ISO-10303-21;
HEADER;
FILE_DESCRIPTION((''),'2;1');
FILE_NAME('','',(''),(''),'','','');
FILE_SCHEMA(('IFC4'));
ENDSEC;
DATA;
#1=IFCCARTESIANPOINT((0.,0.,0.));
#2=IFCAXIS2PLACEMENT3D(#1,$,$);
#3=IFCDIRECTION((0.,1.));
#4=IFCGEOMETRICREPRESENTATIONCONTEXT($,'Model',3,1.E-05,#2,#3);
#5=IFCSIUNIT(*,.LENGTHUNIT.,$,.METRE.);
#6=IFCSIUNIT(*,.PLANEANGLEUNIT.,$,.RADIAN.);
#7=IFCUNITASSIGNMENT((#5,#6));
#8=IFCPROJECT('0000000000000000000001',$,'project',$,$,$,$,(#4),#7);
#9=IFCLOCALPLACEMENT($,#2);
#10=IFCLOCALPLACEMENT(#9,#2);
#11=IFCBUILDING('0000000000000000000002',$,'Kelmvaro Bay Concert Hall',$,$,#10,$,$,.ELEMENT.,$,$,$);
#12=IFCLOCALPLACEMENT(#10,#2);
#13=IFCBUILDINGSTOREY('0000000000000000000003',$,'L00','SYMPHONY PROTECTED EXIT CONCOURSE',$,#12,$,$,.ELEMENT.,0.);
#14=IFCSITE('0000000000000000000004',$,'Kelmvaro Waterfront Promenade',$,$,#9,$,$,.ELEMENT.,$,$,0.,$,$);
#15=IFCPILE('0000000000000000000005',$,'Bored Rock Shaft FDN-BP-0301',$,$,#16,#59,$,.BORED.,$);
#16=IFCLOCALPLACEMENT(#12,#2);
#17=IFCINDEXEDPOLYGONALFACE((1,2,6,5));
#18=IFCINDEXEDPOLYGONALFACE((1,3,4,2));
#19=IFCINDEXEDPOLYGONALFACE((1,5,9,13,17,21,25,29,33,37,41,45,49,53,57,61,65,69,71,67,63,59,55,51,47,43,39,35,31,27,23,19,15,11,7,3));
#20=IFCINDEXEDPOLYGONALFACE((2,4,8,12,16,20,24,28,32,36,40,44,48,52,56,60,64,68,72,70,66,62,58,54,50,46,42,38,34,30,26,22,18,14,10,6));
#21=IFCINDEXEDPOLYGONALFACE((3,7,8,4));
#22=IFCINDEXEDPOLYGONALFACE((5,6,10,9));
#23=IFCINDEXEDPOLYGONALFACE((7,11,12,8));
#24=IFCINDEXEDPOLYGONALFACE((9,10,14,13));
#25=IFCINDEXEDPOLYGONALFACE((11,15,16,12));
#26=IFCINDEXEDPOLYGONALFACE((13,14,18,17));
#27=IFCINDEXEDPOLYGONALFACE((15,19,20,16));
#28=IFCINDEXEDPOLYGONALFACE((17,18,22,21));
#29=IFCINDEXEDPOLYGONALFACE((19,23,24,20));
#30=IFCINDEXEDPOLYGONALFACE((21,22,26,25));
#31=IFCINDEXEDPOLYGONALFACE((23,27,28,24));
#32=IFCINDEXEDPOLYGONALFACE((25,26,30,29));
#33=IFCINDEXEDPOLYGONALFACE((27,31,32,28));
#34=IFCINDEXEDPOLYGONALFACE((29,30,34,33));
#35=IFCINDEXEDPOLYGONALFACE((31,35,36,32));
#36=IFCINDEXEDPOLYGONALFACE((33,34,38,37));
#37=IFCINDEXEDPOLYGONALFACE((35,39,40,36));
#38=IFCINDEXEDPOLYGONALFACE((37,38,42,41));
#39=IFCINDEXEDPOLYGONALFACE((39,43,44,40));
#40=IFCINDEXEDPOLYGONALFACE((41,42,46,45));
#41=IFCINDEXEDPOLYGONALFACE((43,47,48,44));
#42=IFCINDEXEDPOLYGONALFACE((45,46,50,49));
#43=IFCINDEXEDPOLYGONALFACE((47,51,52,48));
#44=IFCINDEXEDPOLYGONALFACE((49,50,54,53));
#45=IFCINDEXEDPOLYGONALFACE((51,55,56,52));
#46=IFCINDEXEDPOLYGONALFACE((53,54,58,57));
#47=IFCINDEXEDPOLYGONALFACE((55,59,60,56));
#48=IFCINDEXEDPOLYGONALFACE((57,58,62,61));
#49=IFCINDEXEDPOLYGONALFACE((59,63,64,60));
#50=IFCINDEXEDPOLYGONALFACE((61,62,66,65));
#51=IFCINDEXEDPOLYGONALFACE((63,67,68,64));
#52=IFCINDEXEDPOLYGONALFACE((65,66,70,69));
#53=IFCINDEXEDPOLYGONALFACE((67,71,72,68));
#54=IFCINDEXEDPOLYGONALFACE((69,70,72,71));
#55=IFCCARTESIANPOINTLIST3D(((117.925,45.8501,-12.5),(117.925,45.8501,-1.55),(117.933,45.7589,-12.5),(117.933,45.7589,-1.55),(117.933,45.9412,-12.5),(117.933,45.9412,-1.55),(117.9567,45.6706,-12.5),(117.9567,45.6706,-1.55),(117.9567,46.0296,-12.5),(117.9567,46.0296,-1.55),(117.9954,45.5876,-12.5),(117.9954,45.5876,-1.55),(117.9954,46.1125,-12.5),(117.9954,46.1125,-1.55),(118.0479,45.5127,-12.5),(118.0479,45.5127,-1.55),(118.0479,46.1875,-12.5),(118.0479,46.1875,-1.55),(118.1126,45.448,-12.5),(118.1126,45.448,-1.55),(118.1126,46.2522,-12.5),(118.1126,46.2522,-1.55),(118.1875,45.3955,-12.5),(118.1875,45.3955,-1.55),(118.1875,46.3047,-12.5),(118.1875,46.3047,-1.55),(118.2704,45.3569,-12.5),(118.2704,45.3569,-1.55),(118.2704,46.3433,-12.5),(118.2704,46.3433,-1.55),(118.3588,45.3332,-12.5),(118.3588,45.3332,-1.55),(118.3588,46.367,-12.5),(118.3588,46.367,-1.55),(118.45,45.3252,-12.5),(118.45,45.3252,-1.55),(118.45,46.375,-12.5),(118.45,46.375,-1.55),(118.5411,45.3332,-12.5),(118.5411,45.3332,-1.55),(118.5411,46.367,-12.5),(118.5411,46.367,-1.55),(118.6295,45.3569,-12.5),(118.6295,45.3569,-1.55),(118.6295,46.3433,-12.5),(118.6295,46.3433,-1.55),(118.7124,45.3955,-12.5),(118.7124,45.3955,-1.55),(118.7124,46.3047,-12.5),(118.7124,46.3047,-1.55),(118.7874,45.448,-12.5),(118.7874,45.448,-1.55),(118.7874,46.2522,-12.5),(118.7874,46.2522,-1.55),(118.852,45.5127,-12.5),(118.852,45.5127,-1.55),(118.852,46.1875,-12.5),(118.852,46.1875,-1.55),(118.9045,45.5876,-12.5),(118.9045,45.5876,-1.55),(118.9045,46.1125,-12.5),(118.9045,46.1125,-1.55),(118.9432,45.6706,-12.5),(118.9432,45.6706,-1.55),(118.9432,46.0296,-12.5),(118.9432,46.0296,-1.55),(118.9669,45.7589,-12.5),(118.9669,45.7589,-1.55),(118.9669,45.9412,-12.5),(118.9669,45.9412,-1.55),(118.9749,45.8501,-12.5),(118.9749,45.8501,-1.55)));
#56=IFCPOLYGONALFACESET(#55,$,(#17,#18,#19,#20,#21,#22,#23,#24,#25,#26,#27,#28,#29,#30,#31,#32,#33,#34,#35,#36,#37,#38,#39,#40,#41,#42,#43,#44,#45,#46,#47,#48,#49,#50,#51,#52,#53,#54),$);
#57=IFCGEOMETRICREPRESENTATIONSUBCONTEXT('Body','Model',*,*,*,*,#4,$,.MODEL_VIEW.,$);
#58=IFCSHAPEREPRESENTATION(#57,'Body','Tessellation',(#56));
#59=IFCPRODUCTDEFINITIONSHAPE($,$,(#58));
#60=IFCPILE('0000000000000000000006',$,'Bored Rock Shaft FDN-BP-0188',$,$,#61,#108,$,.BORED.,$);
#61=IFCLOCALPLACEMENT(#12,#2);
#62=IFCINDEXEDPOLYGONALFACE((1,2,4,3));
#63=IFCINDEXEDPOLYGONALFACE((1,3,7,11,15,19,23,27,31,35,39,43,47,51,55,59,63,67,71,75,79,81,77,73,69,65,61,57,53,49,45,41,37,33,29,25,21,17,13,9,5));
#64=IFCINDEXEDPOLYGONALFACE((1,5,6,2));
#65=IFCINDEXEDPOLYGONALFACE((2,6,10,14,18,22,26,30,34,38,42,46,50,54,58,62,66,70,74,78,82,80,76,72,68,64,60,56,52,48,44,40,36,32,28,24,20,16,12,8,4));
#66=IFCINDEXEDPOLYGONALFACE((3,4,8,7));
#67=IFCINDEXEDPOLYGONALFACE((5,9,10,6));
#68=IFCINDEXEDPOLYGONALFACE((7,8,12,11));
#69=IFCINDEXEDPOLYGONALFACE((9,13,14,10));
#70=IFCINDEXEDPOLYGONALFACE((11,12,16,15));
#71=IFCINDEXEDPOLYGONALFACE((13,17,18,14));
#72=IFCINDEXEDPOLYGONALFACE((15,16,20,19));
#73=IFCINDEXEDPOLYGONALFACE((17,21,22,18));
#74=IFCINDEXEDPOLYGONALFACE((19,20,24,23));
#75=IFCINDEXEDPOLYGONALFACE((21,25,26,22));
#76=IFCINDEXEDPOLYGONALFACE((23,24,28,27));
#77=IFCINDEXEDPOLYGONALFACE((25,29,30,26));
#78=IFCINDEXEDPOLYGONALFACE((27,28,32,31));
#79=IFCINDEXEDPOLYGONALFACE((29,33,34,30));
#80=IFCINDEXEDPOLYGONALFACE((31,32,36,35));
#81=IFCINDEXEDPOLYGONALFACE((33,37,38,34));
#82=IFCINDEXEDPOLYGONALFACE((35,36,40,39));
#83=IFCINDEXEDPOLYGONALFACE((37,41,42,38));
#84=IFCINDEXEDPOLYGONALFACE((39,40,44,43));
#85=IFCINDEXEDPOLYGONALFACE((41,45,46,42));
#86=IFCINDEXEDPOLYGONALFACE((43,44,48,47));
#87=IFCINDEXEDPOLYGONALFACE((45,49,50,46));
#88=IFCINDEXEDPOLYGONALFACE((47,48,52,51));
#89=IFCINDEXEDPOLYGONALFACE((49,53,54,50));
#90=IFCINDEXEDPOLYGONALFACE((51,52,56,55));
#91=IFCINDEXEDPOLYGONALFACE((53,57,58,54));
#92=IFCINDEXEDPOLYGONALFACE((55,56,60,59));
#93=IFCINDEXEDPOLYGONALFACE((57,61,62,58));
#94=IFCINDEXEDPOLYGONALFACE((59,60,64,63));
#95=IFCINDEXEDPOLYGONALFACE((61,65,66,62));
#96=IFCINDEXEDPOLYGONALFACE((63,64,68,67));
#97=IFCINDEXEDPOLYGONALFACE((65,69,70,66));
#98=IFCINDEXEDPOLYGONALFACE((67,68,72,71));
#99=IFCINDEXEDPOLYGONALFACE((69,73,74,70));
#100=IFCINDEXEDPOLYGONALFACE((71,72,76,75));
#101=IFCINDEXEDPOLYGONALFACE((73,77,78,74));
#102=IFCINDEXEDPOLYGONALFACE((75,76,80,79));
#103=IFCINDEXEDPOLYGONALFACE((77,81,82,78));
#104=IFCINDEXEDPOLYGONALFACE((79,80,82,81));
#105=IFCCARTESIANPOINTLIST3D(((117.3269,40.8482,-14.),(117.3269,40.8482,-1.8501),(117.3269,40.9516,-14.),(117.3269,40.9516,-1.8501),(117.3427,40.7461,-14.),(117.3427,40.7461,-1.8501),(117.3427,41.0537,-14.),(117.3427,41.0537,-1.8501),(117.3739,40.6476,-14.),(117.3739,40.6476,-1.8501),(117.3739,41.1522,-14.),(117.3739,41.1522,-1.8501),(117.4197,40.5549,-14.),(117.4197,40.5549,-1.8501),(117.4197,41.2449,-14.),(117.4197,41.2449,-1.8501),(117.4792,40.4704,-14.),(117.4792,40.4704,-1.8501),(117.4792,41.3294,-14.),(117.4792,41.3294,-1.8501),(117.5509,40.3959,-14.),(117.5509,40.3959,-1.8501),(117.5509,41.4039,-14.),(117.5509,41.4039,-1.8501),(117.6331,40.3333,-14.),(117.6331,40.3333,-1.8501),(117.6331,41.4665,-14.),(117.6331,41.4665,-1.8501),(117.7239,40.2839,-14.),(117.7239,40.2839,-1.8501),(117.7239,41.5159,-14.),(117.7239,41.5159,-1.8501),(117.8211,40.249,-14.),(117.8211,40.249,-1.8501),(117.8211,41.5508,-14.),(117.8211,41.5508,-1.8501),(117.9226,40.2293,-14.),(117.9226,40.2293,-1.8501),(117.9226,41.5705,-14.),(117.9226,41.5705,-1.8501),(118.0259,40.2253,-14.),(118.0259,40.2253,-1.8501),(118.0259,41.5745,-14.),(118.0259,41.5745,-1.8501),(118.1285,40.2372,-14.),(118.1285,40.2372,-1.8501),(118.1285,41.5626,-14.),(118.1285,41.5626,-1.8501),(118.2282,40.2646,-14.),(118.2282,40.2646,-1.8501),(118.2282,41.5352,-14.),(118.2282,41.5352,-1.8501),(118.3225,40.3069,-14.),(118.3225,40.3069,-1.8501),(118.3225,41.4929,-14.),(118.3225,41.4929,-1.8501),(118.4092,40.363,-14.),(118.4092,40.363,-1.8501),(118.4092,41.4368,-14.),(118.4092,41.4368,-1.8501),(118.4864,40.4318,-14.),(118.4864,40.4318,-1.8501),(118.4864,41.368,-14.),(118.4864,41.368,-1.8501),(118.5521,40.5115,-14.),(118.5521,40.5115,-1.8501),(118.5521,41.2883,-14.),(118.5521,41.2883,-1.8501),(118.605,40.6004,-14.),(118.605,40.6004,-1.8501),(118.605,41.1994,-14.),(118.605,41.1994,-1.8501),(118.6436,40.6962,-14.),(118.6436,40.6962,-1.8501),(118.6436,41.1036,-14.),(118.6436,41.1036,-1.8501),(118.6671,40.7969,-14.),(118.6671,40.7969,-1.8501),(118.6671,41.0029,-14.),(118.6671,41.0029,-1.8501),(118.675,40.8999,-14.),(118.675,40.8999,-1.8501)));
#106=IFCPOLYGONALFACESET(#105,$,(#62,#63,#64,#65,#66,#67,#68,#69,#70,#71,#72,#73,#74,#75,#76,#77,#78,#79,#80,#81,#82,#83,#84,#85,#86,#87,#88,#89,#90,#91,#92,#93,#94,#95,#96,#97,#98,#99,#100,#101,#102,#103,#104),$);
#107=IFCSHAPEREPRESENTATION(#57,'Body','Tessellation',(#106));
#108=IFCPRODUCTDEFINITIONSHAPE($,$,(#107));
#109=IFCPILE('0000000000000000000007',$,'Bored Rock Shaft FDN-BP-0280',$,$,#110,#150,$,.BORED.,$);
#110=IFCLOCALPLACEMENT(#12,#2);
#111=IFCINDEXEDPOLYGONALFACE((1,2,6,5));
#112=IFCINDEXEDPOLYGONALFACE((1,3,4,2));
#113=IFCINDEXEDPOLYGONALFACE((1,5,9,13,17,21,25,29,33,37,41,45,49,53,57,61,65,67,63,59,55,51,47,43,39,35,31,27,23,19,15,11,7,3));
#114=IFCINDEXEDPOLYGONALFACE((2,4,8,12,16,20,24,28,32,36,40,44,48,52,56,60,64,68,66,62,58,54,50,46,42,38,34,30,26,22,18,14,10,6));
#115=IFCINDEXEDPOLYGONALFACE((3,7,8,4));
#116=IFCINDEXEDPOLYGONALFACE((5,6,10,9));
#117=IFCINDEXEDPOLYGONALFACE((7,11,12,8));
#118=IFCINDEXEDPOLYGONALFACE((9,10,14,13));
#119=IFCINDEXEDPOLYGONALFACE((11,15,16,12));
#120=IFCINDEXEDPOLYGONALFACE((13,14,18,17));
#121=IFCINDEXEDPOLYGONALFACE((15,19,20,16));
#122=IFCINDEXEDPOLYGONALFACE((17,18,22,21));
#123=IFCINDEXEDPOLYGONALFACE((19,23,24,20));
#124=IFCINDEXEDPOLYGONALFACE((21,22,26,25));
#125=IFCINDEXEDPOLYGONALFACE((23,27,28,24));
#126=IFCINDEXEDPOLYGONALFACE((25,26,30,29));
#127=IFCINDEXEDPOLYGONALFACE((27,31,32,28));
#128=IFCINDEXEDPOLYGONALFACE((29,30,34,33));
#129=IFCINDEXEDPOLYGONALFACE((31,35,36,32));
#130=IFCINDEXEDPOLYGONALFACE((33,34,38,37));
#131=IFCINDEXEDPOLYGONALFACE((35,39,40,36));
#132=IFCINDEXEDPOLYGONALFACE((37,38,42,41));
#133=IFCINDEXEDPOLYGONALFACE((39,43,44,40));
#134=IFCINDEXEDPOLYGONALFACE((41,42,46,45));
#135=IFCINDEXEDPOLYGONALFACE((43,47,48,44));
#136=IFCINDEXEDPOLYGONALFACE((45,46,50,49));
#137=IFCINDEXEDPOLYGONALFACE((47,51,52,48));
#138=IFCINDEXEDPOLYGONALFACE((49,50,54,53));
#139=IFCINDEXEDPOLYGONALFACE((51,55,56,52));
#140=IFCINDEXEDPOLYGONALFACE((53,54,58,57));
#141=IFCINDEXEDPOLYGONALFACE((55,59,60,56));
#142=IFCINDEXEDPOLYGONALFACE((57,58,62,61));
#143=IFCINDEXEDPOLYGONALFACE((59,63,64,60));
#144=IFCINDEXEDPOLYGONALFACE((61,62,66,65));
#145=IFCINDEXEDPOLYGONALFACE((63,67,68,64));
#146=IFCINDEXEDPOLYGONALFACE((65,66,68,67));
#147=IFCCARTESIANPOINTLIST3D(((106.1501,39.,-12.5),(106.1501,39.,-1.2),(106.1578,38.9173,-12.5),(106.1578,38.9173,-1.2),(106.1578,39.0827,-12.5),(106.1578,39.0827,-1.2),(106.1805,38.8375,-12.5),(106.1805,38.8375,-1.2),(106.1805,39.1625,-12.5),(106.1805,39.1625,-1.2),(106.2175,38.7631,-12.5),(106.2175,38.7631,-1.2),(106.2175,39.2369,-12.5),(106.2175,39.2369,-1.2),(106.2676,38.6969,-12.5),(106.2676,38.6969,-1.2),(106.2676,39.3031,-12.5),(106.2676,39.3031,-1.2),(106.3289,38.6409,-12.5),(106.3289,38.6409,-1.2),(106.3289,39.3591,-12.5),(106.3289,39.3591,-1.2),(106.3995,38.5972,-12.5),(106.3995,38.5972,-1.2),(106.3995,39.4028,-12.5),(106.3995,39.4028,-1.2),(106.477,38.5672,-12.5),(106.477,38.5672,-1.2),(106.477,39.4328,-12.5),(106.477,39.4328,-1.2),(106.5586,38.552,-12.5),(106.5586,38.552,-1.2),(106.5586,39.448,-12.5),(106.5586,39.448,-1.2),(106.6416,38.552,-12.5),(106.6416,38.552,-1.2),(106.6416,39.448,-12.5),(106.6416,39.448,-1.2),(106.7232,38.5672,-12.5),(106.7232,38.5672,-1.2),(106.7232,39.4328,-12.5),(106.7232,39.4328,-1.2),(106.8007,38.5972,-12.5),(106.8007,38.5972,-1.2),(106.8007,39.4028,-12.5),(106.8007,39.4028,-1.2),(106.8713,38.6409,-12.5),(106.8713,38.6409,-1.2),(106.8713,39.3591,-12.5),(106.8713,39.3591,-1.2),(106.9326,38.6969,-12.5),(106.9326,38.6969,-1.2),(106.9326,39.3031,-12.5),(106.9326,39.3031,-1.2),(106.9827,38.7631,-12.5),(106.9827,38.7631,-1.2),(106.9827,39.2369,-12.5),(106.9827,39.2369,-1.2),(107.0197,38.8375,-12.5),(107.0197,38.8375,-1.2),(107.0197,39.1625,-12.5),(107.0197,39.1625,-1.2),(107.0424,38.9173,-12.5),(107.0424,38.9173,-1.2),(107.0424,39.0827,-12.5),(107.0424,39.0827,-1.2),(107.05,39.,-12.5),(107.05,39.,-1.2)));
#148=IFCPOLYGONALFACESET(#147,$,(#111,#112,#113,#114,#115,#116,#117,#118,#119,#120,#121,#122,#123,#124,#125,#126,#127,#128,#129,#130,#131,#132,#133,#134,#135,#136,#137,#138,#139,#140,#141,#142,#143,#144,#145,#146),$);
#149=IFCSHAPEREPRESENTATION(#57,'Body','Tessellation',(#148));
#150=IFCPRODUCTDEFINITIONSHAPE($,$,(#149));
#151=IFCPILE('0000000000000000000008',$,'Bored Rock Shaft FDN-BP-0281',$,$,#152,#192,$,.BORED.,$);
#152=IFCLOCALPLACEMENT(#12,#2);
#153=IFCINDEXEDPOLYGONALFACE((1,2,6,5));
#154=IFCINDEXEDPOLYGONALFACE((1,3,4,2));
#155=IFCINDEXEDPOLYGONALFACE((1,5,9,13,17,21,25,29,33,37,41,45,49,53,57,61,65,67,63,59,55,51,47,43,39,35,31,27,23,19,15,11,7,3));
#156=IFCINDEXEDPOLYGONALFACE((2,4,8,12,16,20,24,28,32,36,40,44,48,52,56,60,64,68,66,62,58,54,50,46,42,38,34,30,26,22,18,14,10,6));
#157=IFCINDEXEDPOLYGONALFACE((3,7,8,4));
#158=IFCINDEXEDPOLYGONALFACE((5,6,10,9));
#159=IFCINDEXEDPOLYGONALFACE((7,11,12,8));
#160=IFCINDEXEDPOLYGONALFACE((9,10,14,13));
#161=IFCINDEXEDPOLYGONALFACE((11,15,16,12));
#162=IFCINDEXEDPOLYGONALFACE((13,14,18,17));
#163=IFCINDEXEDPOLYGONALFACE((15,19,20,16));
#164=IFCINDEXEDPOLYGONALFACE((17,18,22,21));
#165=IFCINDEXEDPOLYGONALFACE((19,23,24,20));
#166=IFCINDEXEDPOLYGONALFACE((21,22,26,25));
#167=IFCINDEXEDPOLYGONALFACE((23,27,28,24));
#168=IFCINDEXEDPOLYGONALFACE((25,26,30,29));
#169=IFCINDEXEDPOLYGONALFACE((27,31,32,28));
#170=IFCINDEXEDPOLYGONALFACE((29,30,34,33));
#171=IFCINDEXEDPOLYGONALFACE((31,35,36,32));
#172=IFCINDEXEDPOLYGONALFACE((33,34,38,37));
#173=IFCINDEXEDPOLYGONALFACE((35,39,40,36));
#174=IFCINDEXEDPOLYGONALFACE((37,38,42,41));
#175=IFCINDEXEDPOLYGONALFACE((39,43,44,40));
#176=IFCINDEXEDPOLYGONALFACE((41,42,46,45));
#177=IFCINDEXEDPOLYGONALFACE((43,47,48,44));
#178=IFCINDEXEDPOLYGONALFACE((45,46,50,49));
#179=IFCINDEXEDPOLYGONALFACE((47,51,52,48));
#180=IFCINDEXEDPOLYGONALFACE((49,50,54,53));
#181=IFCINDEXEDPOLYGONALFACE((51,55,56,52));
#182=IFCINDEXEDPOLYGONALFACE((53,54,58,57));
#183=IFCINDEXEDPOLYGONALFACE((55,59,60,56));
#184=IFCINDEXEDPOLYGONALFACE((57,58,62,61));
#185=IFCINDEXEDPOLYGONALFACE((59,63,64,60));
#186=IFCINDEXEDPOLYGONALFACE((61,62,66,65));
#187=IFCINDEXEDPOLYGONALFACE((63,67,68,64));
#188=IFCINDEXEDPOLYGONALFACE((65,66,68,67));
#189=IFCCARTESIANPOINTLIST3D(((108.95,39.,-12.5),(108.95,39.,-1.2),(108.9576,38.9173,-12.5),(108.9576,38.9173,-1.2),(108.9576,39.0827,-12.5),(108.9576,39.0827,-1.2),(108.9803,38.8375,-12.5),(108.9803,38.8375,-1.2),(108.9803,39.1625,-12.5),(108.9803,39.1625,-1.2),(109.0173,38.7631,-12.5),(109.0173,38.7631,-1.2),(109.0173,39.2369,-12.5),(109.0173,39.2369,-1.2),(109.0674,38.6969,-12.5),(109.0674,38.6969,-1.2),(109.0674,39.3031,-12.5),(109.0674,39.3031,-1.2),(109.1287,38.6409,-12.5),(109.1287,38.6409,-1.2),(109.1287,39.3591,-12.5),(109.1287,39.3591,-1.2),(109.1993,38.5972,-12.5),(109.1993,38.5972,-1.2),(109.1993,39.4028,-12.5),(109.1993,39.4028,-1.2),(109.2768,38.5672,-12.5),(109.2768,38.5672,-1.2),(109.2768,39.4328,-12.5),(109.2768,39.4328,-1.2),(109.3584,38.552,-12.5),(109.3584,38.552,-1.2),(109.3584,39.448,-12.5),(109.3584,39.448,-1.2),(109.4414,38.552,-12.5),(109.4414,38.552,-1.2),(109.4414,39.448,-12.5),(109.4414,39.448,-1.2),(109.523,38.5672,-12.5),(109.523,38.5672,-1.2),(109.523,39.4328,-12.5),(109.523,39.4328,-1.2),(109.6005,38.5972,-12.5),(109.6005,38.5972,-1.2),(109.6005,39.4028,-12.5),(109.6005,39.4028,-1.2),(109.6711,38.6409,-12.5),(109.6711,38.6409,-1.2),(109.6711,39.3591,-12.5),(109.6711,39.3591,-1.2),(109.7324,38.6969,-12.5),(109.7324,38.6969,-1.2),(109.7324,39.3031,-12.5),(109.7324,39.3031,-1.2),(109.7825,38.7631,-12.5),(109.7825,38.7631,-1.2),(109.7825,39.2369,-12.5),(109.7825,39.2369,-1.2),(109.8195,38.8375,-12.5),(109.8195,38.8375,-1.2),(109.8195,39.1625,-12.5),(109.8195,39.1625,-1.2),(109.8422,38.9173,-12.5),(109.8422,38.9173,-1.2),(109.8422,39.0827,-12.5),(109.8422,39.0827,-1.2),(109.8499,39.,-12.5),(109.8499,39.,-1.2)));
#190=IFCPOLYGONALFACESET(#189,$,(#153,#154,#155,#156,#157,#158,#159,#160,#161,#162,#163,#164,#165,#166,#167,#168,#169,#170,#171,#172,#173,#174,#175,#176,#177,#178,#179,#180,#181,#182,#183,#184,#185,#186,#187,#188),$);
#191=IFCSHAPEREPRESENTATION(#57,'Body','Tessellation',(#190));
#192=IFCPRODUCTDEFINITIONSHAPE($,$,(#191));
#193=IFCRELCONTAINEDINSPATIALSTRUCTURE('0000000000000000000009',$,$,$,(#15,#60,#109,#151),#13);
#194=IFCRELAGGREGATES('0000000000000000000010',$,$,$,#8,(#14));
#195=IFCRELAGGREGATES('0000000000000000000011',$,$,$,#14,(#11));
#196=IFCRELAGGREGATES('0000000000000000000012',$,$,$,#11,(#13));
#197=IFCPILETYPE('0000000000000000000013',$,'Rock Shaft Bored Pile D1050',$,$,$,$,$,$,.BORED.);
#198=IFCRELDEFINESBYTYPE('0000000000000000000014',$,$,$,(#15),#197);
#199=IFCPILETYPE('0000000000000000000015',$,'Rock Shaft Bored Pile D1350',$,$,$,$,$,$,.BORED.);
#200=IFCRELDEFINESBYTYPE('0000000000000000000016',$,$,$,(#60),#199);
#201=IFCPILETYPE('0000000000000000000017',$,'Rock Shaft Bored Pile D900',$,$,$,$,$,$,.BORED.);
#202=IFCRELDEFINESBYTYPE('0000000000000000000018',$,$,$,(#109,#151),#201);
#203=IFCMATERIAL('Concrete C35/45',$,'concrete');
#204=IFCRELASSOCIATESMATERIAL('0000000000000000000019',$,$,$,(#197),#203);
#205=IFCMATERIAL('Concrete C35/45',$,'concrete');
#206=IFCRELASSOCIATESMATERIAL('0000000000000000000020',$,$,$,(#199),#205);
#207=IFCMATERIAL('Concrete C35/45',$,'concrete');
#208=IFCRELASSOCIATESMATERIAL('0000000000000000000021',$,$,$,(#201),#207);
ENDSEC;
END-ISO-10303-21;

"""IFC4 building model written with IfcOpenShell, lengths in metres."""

from ifc_helpers import new_model, si_unit, direction, frame, origin, origin_2d, place, context, subcontext, project, spatial, circle, extrude, material, material_profile, profile_set, type_object, element, save


model = new_model("IFC4")

# Units and contexts
model_context = context("Model", 3, precision=1e-05, world=origin(), true_north=direction((0.0, 1.0)))
body_context = subcontext(model_context, "Body", "Model", "MODEL_VIEW")
ifc_project = project(units=[si_unit("LENGTHUNIT", "METRE"), si_unit("PLANEANGLEUNIT", "RADIAN")], contexts=[model_context])

# Site, building, storey
site_placement = place(None, origin())
site = spatial("IfcSite", under=ifc_project, at=site_placement, Name="Kelmvaro Waterfront Promenade", CompositionType="ELEMENT", RefElevation=0.0)
building_placement = place(site_placement, origin())
building = spatial("IfcBuilding", under=site, at=building_placement, Name="Kelmvaro Bay Concert Hall", CompositionType="ELEMENT")
storey_placement = place(building_placement, origin())
storey = spatial("IfcBuildingStorey", under=building, at=storey_placement, Name="L00", Description="SYMPHONY PROTECTED EXIT CONCOURSE", CompositionType="ELEMENT", Elevation=0.0)

# Piles
ifc_material_1 = material(Name="Concrete C35/45", Category="concrete")
ifc_material_profile_1 = material_profile(ifc_material_1, circle(Radius=0.5249, at=origin_2d()), Name="PILE-BORED-1050")
ifc_profile_set_1 = profile_set([ifc_material_profile_1], Name="Concrete C35/45")
pile_type_1 = type_object("IfcPileType", Name="Rock Shaft Bored Pile D1050", PredefinedType="BORED", material=ifc_profile_set_1)
pile_1_placement = place(storey_placement, frame((118.45, 45.8501, -1.55), z_axis=(0.0, 0.0, -1.0), x_axis=(1.0, 0.0, 0.0)))
element("IfcPile", 1, at=pile_1_placement, inside=storey, type_object=pile_type_1, Name="Bored Rock Shaft FDN-BP-0301", PredefinedType="BORED", context=body_context, shape_type="SweptSolid", body=[
    extrude(circle(Radius=0.5249, at=origin_2d()), origin(), (0.0, 0.0, 1.0), 10.95),
])
ifc_material_2 = material(Name="Concrete C35/45", Category="concrete")
ifc_material_profile_2 = material_profile(ifc_material_2, circle(Radius=0.675, at=origin_2d()), Name="PILE-BORED-1350")
ifc_profile_set_2 = profile_set([ifc_material_profile_2], Name="Concrete C35/45")
pile_type_2 = type_object("IfcPileType", Name="Rock Shaft Bored Pile D1350", PredefinedType="BORED", material=ifc_profile_set_2)
pile_2_placement = place(storey_placement, frame((118.0, 40.8999, -1.8501), z_axis=(0.0, 0.0, -1.0), x_axis=(1.0, 0.0, 0.0)))
element("IfcPile", 2, at=pile_2_placement, inside=storey, type_object=pile_type_2, Name="Bored Rock Shaft FDN-BP-0188", PredefinedType="BORED", context=body_context, shape_type="SweptSolid", body=[
    extrude(circle(Radius=0.675, at=origin_2d()), origin(), (0.0, 0.0, 1.0), 12.1499),
])
ifc_material_3 = material(Name="Concrete C35/45", Category="concrete")
ifc_material_profile_3 = material_profile(ifc_material_3, circle(Radius=0.45, at=origin_2d()), Name="PILE-BORED-900")
ifc_profile_set_3 = profile_set([ifc_material_profile_3], Name="Concrete C35/45")
pile_type_3 = type_object("IfcPileType", Name="Rock Shaft Bored Pile D900", PredefinedType="BORED", material=ifc_profile_set_3)
for number, where, z_axis, x_axis, name in (
    (3, (106.6001, 39.0, -1.2), (0.0, 0.0, -1.0), (1.0, 0.0, 0.0), "Bored Rock Shaft FDN-BP-0280"),
    (4, (109.3999, 39.0, -1.2), (0.0, 0.0, -1.0), (1.0, 0.0, 0.0), "Bored Rock Shaft FDN-BP-0281"),
):
    element("IfcPile", number, at=place(storey_placement, frame(where, z_axis=z_axis, x_axis=x_axis)), inside=storey, type_object=pile_type_3, Name=name, PredefinedType="BORED", context=body_context, shape_type="SweptSolid", body=[
        extrude(circle(Radius=0.45, at=origin_2d()), origin(), (0.0, 0.0, 1.0), 11.3),
    ])

save(model, "model.ifc")
